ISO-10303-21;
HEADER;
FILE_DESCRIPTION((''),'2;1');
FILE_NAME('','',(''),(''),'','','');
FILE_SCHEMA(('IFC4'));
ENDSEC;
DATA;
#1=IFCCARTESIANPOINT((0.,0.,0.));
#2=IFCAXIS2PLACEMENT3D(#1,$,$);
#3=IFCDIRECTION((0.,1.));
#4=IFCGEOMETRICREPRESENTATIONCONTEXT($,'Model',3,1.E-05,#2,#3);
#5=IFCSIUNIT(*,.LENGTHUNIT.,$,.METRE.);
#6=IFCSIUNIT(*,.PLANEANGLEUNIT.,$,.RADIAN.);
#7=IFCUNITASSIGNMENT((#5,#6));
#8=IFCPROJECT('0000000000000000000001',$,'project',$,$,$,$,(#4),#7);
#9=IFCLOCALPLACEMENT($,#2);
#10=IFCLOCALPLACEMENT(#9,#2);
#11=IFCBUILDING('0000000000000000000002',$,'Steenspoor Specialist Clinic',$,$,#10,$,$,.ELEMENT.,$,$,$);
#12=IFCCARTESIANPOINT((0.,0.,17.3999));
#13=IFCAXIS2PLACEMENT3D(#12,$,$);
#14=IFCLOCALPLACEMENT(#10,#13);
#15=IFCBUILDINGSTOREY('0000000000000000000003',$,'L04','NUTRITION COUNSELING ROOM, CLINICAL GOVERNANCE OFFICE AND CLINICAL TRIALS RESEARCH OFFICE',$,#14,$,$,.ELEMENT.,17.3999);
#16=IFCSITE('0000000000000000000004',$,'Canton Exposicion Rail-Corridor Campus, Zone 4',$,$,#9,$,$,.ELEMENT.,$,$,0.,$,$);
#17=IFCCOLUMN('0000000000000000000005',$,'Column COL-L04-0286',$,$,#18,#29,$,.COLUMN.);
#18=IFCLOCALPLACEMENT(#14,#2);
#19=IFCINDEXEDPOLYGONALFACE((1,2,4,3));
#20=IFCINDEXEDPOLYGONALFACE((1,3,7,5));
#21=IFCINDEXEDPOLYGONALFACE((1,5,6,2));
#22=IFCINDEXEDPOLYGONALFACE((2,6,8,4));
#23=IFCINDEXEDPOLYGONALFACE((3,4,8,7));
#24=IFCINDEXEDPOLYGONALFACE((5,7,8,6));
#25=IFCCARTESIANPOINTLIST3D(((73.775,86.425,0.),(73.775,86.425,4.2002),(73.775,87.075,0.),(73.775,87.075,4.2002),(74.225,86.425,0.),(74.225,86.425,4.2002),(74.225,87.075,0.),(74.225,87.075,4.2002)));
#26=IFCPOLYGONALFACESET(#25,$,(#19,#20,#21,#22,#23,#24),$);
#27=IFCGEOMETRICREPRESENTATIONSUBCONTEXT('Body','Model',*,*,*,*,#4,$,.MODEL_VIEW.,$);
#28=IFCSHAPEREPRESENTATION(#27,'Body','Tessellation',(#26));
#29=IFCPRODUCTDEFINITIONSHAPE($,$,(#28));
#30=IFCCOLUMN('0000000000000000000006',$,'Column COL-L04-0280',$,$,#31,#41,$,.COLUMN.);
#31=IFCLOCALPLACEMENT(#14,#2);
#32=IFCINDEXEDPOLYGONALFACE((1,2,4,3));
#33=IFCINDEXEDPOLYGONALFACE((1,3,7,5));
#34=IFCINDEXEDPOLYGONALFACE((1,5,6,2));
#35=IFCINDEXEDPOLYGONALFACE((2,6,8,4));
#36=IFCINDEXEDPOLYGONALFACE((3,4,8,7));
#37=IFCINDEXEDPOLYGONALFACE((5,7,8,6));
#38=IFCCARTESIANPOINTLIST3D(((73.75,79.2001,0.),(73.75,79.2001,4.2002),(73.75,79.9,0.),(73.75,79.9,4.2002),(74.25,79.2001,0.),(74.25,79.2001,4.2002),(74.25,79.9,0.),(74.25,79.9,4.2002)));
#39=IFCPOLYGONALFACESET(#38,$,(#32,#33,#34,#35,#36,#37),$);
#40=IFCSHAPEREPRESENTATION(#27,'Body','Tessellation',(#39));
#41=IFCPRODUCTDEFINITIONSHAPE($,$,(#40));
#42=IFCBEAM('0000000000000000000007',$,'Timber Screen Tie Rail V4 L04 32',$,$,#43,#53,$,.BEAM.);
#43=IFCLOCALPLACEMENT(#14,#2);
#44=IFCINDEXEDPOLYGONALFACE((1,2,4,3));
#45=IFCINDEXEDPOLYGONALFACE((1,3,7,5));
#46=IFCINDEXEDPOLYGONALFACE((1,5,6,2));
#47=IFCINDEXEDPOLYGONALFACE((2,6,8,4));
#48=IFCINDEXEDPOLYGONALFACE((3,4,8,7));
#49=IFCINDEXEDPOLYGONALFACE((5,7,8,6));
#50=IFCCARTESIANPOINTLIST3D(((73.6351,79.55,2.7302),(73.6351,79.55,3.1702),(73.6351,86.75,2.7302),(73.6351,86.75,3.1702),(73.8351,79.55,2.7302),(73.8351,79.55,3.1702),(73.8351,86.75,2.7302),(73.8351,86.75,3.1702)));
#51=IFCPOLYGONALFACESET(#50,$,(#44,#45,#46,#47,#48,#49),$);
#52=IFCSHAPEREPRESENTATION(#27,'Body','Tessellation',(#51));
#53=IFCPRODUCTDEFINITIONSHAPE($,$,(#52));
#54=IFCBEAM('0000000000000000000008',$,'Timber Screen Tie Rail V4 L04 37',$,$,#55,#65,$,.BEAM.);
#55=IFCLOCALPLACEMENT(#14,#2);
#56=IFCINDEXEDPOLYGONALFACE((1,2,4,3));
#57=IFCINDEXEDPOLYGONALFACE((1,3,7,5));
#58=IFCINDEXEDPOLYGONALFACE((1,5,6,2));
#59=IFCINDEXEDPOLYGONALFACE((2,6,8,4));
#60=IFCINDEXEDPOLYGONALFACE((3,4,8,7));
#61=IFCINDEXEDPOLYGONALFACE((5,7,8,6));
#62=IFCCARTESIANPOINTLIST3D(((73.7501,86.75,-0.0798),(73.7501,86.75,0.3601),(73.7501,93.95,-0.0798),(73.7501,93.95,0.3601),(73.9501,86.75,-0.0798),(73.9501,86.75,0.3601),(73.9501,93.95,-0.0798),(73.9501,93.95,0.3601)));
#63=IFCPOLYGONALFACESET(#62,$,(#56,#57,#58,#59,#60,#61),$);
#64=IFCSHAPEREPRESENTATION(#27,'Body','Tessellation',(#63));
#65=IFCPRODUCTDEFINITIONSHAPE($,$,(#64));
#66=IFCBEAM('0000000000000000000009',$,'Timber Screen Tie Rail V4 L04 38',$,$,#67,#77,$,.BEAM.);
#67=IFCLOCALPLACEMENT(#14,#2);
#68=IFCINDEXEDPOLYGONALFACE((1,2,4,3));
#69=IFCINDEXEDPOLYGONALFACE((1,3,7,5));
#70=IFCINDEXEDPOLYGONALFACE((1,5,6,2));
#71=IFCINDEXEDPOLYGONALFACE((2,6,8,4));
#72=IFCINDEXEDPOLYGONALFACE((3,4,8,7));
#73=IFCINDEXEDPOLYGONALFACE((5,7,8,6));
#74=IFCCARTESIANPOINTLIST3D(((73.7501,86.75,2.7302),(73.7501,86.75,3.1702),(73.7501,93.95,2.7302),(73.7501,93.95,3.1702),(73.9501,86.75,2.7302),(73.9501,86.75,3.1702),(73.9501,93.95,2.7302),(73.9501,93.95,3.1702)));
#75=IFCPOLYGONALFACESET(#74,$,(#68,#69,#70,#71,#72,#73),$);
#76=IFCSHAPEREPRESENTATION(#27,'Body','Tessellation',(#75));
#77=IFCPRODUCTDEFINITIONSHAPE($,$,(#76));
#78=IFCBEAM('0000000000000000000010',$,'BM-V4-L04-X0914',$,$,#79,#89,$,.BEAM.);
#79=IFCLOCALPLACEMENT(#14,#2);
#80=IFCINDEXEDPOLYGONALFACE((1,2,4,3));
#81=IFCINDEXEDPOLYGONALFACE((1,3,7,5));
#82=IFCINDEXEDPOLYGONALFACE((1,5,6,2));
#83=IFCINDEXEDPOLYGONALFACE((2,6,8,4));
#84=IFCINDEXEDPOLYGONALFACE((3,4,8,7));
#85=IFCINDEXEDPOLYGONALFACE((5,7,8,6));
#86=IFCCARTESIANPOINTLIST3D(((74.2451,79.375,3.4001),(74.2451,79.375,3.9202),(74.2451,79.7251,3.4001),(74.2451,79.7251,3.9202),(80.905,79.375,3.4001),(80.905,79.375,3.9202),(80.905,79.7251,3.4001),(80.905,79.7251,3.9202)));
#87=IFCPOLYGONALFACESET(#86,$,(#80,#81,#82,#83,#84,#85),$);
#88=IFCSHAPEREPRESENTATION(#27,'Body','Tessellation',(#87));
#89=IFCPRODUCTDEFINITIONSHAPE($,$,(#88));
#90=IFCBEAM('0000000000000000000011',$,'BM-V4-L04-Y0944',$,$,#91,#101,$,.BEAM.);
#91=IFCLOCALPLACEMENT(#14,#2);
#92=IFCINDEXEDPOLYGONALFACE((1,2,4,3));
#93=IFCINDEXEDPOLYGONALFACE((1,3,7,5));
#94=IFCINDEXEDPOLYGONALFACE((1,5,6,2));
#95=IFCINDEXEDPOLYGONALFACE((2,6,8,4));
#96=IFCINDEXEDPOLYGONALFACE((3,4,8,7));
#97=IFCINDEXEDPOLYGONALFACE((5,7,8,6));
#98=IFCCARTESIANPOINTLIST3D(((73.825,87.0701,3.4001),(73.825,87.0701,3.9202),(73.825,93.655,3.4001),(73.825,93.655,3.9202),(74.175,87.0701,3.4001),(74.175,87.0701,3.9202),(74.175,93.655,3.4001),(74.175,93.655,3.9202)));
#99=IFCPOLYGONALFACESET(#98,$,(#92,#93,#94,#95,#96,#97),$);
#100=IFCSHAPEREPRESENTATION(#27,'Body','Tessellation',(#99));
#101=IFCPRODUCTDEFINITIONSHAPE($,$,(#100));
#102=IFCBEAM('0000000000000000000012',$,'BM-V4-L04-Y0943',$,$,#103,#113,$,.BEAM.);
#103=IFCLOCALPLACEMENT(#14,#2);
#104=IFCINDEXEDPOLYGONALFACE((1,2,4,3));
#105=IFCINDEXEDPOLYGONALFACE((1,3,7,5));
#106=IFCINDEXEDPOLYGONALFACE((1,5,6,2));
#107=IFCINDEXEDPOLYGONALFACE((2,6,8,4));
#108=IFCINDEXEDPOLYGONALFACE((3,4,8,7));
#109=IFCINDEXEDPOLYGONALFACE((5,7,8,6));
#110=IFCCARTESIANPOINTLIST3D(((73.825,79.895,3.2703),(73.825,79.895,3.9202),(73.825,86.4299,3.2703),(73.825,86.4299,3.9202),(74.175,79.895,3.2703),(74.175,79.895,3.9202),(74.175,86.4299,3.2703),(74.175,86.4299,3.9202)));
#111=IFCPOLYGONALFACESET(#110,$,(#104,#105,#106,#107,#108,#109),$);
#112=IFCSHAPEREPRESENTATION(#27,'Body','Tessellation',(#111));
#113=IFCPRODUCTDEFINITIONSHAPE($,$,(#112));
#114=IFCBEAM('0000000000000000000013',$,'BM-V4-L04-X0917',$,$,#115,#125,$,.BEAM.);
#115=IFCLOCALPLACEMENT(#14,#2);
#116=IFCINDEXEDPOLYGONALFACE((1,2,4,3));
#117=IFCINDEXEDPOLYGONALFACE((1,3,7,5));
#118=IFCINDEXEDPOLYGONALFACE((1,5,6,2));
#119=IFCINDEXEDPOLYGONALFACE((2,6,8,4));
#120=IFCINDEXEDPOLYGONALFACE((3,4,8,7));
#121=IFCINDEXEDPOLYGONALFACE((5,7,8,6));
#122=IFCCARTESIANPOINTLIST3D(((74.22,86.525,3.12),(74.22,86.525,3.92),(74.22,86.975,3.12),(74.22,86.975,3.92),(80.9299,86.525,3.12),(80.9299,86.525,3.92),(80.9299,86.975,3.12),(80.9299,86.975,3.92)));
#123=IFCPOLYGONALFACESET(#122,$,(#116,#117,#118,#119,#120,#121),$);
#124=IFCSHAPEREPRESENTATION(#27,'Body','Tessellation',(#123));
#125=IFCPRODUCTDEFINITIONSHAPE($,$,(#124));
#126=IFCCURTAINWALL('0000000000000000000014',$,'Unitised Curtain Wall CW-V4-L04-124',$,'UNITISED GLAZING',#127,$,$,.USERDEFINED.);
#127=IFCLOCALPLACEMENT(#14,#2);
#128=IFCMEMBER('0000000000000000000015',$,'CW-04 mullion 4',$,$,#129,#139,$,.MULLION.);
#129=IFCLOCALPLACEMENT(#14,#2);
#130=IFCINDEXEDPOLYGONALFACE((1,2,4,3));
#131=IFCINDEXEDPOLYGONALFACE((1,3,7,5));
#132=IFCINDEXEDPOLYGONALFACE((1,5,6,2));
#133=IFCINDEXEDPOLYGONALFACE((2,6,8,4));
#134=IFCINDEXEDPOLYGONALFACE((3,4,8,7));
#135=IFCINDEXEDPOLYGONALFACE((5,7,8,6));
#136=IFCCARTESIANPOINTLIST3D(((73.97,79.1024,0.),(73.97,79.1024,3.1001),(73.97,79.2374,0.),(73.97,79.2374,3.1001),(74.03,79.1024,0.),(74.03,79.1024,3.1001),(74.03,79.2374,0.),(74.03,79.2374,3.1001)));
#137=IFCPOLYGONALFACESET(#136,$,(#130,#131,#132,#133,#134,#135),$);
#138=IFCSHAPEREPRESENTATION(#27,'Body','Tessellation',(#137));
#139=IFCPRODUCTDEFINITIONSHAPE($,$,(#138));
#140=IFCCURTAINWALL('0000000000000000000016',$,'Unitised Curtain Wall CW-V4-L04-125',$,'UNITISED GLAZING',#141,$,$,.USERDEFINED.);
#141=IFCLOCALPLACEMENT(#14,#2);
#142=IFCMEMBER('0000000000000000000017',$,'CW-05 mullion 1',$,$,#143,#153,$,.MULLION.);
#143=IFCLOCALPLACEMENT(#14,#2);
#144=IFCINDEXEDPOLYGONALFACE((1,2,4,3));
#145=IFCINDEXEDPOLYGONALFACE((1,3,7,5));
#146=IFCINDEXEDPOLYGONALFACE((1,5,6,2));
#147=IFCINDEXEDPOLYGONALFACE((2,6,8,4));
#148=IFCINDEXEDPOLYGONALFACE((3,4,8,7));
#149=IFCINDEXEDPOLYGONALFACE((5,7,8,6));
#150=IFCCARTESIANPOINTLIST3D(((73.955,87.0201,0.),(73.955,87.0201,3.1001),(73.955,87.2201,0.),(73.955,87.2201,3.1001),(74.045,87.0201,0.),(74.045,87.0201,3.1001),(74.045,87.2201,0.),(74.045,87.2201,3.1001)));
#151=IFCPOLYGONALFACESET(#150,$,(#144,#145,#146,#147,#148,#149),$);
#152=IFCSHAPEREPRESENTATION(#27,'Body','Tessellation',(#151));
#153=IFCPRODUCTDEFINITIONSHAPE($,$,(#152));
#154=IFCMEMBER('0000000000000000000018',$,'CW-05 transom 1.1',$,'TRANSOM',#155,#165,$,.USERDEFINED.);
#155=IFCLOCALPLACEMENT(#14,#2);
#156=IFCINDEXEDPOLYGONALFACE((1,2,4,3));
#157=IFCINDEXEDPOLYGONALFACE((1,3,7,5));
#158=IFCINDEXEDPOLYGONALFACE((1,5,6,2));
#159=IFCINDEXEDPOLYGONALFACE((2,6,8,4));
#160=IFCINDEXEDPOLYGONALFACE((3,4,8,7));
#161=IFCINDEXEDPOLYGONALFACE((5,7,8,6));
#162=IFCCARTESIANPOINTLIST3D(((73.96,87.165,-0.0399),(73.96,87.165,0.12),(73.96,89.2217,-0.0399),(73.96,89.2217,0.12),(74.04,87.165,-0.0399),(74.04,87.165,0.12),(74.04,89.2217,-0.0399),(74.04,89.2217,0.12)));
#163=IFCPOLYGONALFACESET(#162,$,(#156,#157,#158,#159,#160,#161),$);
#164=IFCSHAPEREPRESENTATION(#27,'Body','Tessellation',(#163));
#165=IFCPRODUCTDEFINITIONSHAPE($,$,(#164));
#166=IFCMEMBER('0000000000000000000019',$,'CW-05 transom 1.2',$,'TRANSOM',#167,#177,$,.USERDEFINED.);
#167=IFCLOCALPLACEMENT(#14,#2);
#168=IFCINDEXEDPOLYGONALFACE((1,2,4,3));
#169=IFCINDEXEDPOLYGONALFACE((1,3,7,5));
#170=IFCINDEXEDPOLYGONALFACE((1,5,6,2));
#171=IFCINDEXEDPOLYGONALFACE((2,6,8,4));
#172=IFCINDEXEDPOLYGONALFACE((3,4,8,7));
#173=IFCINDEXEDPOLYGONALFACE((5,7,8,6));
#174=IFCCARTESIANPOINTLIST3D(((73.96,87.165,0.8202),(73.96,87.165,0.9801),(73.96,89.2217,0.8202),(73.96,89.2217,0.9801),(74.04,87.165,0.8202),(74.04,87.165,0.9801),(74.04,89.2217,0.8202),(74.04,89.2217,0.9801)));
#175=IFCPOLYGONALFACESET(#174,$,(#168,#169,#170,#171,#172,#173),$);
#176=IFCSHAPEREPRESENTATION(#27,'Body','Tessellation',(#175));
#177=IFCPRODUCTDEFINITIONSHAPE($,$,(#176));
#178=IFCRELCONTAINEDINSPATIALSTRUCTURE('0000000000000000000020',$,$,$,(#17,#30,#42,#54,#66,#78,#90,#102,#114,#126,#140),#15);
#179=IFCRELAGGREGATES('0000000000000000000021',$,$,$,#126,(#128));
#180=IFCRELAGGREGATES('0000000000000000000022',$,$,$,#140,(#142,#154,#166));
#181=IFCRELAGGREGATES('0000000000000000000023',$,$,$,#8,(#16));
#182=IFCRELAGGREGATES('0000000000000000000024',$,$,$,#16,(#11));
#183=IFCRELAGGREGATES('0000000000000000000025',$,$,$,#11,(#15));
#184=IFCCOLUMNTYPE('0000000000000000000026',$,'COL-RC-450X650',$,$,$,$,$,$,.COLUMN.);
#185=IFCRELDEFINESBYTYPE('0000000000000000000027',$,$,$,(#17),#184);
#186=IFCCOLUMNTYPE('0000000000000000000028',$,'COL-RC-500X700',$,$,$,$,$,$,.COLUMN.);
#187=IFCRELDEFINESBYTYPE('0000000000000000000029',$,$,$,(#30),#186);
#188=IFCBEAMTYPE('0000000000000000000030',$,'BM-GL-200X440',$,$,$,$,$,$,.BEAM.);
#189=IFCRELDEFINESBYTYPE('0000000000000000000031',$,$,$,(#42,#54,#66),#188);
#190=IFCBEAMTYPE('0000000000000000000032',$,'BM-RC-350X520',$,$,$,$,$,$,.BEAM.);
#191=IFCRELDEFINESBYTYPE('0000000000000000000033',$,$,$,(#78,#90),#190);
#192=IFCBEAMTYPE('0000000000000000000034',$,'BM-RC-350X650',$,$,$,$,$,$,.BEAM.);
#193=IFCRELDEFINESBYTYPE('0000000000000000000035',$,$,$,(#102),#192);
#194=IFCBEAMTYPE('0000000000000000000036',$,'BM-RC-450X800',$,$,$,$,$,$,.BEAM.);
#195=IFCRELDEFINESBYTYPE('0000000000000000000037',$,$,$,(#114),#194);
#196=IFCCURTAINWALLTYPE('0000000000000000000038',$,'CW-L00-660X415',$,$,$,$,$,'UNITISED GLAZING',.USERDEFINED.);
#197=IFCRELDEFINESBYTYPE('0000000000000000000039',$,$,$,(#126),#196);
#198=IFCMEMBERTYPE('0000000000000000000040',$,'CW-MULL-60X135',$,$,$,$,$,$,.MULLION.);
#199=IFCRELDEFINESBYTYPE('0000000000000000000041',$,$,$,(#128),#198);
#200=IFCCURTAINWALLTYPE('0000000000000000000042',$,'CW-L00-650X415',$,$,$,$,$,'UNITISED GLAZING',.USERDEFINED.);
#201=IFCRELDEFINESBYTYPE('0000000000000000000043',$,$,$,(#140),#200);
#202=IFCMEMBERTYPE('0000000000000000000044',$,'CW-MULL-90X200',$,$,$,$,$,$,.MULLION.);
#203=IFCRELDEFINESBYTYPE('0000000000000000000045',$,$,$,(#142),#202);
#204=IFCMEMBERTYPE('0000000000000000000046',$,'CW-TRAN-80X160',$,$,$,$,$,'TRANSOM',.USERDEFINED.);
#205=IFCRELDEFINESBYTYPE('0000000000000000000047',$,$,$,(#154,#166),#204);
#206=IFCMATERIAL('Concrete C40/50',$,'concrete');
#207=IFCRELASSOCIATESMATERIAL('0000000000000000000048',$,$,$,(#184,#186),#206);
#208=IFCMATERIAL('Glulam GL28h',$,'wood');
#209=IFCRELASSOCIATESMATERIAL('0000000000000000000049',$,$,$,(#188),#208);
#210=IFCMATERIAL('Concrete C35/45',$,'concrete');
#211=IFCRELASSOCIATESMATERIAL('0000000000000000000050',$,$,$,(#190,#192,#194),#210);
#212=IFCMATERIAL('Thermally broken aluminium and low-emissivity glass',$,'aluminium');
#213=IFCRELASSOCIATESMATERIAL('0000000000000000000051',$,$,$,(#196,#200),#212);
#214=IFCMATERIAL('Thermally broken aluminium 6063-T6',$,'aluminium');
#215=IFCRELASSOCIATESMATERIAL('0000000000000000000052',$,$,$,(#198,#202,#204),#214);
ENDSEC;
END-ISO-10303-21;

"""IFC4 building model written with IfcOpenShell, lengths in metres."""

from ifc_helpers import new_model, si_unit, direction, frame, origin, origin_2d, place, context, subcontext, project, spatial, rectangle, extrude, material, material_profile, profile_set, type_object, element, aggregate, save


model = new_model("IFC4")

# Units and contexts
model_context = context("Model", 3, precision=1e-05, world=origin(), true_north=direction((0.0, 1.0)))
body_context = subcontext(model_context, "Body", "Model", "MODEL_VIEW")
ifc_project = project(units=[si_unit("LENGTHUNIT", "METRE"), si_unit("PLANEANGLEUNIT", "RADIAN")], contexts=[model_context])

# Site, building, storey
site_placement = place(None, origin())
site = spatial("IfcSite", under=ifc_project, at=site_placement, Name="Canton Exposicion Rail-Corridor Campus, Zone 4", CompositionType="ELEMENT", RefElevation=0.0)
building_placement = place(site_placement, origin())
building = spatial("IfcBuilding", under=site, at=building_placement, Name="Steenspoor Specialist Clinic", CompositionType="ELEMENT")
storey_placement = place(building_placement, frame((0.0, 0.0, 17.3999)))
storey = spatial("IfcBuildingStorey", under=building, at=storey_placement, Name="L04", Description="NUTRITION COUNSELING ROOM, CLINICAL GOVERNANCE OFFICE AND CLINICAL TRIALS RESEARCH OFFICE", CompositionType="ELEMENT", Elevation=17.3999)

# Columns
ifc_material_1 = material(Name="Concrete C40/50", Category="concrete")
ifc_material_profile_1 = material_profile(ifc_material_1, rectangle(XDim=0.45, YDim=0.6499, at=origin_2d()), Name="RC-COL-450X650")
ifc_profile_set_1 = profile_set([ifc_material_profile_1], Name="Concrete C40/50")
column_type_1 = type_object("IfcColumnType", Name="COL-RC-450X650", PredefinedType="COLUMN", material=ifc_profile_set_1)
column_1_placement = place(storey_placement, frame((74.0, 86.75, 0.0), z_axis=(0.0, 0.0, 1.0), x_axis=(1.0, 0.0, 0.0)))
element("IfcColumn", 1, at=column_1_placement, inside=storey, type_object=column_type_1, Name="Column COL-L04-0286", PredefinedType="COLUMN", context=body_context, shape_type="SweptSolid", body=[
    extrude(rectangle(XDim=0.45, YDim=0.6499, at=origin_2d()), origin(), (0.0, 0.0, 1.0), 4.2002),
])
ifc_material_profile_2 = material_profile(ifc_material_1, rectangle(XDim=0.5, YDim=0.7, at=origin_2d()), Name="RC-COL-500X700")
ifc_profile_set_2 = profile_set([ifc_material_profile_2], Name="Concrete C40/50")
column_type_2 = type_object("IfcColumnType", Name="COL-RC-500X700", PredefinedType="COLUMN", material=ifc_profile_set_2)
column_2_placement = place(storey_placement, frame((74.0, 79.55, 0.0), z_axis=(0.0, 0.0, 1.0), x_axis=(1.0, 0.0, 0.0)))
element("IfcColumn", 2, at=column_2_placement, inside=storey, type_object=column_type_2, Name="Column COL-L04-0280", PredefinedType="COLUMN", context=body_context, shape_type="SweptSolid", body=[
    extrude(rectangle(XDim=0.5, YDim=0.7, at=origin_2d()), origin(), (0.0, 0.0, 1.0), 4.2002),
])

# Beams
ifc_material_2 = material(Name="Glulam GL28h", Category="wood")
ifc_material_profile_3 = material_profile(ifc_material_2, rectangle(XDim=0.2, YDim=0.4399, at=origin_2d()), Name="GL28H-200X440")
ifc_profile_set_3 = profile_set([ifc_material_profile_3], Name="Glulam GL28h")
beam_type_1 = type_object("IfcBeamType", Name="BM-GL-200X440", PredefinedType="BEAM", material=ifc_profile_set_3)
for number, where, z_axis, x_axis, name in (
    (3, (73.7351, 79.55, 2.9502), (0.0, 1.0, 0.0), (-1.0, 0.0, 0.0), "Timber Screen Tie Rail V4 L04 32"),
    (4, (73.8501, 86.75, 0.1401), (0.0, 1.0, 0.0), (-1.0, 0.0, 0.0), "Timber Screen Tie Rail V4 L04 37"),
    (5, (73.8501, 86.75, 2.9502), (0.0, 1.0, 0.0), (-1.0, 0.0, 0.0), "Timber Screen Tie Rail V4 L04 38"),
):
    element("IfcBeam", number, at=place(storey_placement, frame(where, z_axis=z_axis, x_axis=x_axis)), inside=storey, type_object=beam_type_1, Name=name, PredefinedType="BEAM", context=body_context, shape_type="SweptSolid", body=[
        extrude(rectangle(XDim=0.2, YDim=0.4399, at=origin_2d()), origin(), (0.0, 0.0, 1.0), 7.2),
    ])
ifc_material_3 = material(Name="Concrete C35/45", Category="concrete")
ifc_material_profile_4 = material_profile(ifc_material_3, rectangle(XDim=0.3501, YDim=0.52, at=origin_2d()), Name="RC-BM-350X520")
ifc_profile_set_4 = profile_set([ifc_material_profile_4], Name="Concrete C35/45")
beam_type_2 = type_object("IfcBeamType", Name="BM-RC-350X520", PredefinedType="BEAM", material=ifc_profile_set_4)
beam_1_placement = place(storey_placement, frame((74.2451, 79.55, 3.6602), z_axis=(1.0, 0.0, 0.0), x_axis=(0.0, 1.0, 0.0)))
element("IfcBeam", 6, at=beam_1_placement, inside=storey, type_object=beam_type_2, Name="BM-V4-L04-X0914", PredefinedType="BEAM", context=body_context, shape_type="SweptSolid", body=[
    extrude(rectangle(XDim=0.3501, YDim=0.52, at=origin_2d()), origin(), (0.0, 0.0, 1.0), 6.6599),
])
beam_2_placement = place(storey_placement, frame((74.0, 87.0701, 3.6602), z_axis=(0.0, 1.0, 0.0), x_axis=(-1.0, 0.0, 0.0)))
element("IfcBeam", 7, at=beam_2_placement, inside=storey, type_object=beam_type_2, Name="BM-V4-L04-Y0944", PredefinedType="BEAM", context=body_context, shape_type="SweptSolid", body=[
    extrude(rectangle(XDim=0.3501, YDim=0.52, at=origin_2d()), origin(), (0.0, 0.0, 1.0), 6.585),
])
ifc_material_profile_5 = material_profile(ifc_material_3, rectangle(XDim=0.3501, YDim=0.6499, at=origin_2d()), Name="RC-BM-350X650")
ifc_profile_set_5 = profile_set([ifc_material_profile_5], Name="Concrete C35/45")
beam_type_3 = type_object("IfcBeamType", Name="BM-RC-350X650", PredefinedType="BEAM", material=ifc_profile_set_5)
beam_3_placement = place(storey_placement, frame((74.0, 79.895, 3.5952), z_axis=(0.0, 1.0, 0.0), x_axis=(-1.0, 0.0, 0.0)))
element("IfcBeam", 8, at=beam_3_placement, inside=storey, type_object=beam_type_3, Name="BM-V4-L04-Y0943", PredefinedType="BEAM", context=body_context, shape_type="SweptSolid", body=[
    extrude(rectangle(XDim=0.3501, YDim=0.6499, at=origin_2d()), origin(), (0.0, 0.0, 1.0), 6.5349),
])
ifc_material_profile_6 = material_profile(ifc_material_3, rectangle(XDim=0.45, YDim=0.8, at=origin_2d()), Name="RC-BM-450X800")
ifc_profile_set_6 = profile_set([ifc_material_profile_6], Name="Concrete C35/45")
beam_type_4 = type_object("IfcBeamType", Name="BM-RC-450X800", PredefinedType="BEAM", material=ifc_profile_set_6)
beam_4_placement = place(storey_placement, frame((74.22, 86.75, 3.52), z_axis=(1.0, 0.0, 0.0), x_axis=(0.0, 1.0, 0.0)))
element("IfcBeam", 9, at=beam_4_placement, inside=storey, type_object=beam_type_4, Name="BM-V4-L04-X0917", PredefinedType="BEAM", context=body_context, shape_type="SweptSolid", body=[
    extrude(rectangle(XDim=0.45, YDim=0.8, at=origin_2d()), origin(), (0.0, 0.0, 1.0), 6.71),
])

# Curtain wall, member
ifc_material_4 = material(Name="Thermally broken aluminium and low-emissivity glass", Category="aluminium")
curtain_wall_type_1 = type_object("IfcCurtainWallType", Name="CW-L00-660X415", ElementType="UNITISED GLAZING", PredefinedType="USERDEFINED", material=ifc_material_4)
curtain_wall_1_placement = place(storey_placement, origin())
curtain_wall_1 = element("IfcCurtainWall", 10, at=curtain_wall_1_placement, inside=storey, type_object=curtain_wall_type_1, Name="Unitised Curtain Wall CW-V4-L04-124", ObjectType="UNITISED GLAZING", PredefinedType="USERDEFINED")
ifc_material_5 = material(Name="Thermally broken aluminium 6063-T6", Category="aluminium")
ifc_material_profile_7 = material_profile(ifc_material_5, rectangle(XDim=0.0601, YDim=0.135, at=origin_2d()), Name="CWM-60X135")
ifc_profile_set_7 = profile_set([ifc_material_profile_7], Name="Thermally broken aluminium 6063-T6")
member_type_1 = type_object("IfcMemberType", Name="CW-MULL-60X135", PredefinedType="MULLION", material=ifc_profile_set_7)
member_1_placement = place(storey_placement, frame((74.0, 79.1699, 0.0), z_axis=(0.0, 0.0, 1.0), x_axis=(-1.0, 0.0, 0.0)))
member_1 = element("IfcMember", 11, at=member_1_placement, type_object=member_type_1, Name="CW-04 mullion 4", PredefinedType="MULLION", context=body_context, shape_type="SweptSolid", body=[
    extrude(rectangle(XDim=0.0601, YDim=0.135, at=origin_2d()), origin(), (0.0, 0.0, 1.0), 3.1001),
])
aggregate(curtain_wall_1, [member_1])

# Curtain wall, members
curtain_wall_type_2 = type_object("IfcCurtainWallType", Name="CW-L00-650X415", ElementType="UNITISED GLAZING", PredefinedType="USERDEFINED", material=ifc_material_4)
curtain_wall_2_placement = place(storey_placement, origin())
curtain_wall_2 = element("IfcCurtainWall", 12, at=curtain_wall_2_placement, inside=storey, type_object=curtain_wall_type_2, Name="Unitised Curtain Wall CW-V4-L04-125", ObjectType="UNITISED GLAZING", PredefinedType="USERDEFINED")
ifc_material_profile_8 = material_profile(ifc_material_5, rectangle(XDim=0.0901, YDim=0.2, at=origin_2d()), Name="CWM-90X200")
ifc_profile_set_8 = profile_set([ifc_material_profile_8], Name="Thermally broken aluminium 6063-T6")
member_type_2 = type_object("IfcMemberType", Name="CW-MULL-90X200", PredefinedType="MULLION", material=ifc_profile_set_8)
member_2_placement = place(storey_placement, frame((74.0, 87.1201, 0.0), z_axis=(0.0, 0.0, 1.0), x_axis=(-1.0, 0.0, 0.0)))
member_2 = element("IfcMember", 13, at=member_2_placement, type_object=member_type_2, Name="CW-05 mullion 1", PredefinedType="MULLION", context=body_context, shape_type="SweptSolid", body=[
    extrude(rectangle(XDim=0.0901, YDim=0.2, at=origin_2d()), origin(), (0.0, 0.0, 1.0), 3.1001),
])
ifc_material_profile_9 = material_profile(ifc_material_5, rectangle(XDim=0.0801, YDim=0.1599, at=origin_2d()), Name="CWT-80X160")
ifc_profile_set_9 = profile_set([ifc_material_profile_9], Name="Thermally broken aluminium 6063-T6")
member_type_3 = type_object("IfcMemberType", Name="CW-TRAN-80X160", ElementType="TRANSOM", PredefinedType="USERDEFINED", material=ifc_profile_set_9)
member_3_placement = place(storey_placement, frame((74.0, 87.165, 0.04), z_axis=(0.0, 1.0, 0.0), x_axis=(-1.0, 0.0, 0.0)))
member_3 = element("IfcMember", 14, at=member_3_placement, type_object=member_type_3, Name="CW-05 transom 1.1", ObjectType="TRANSOM", PredefinedType="USERDEFINED", context=body_context, shape_type="SweptSolid", body=[
    extrude(rectangle(XDim=0.0801, YDim=0.1599, at=origin_2d()), origin(), (0.0, 0.0, 1.0), 2.0566),
])
member_4_placement = place(storey_placement, frame((74.0, 87.165, 0.9001), z_axis=(0.0, 1.0, 0.0), x_axis=(-1.0, 0.0, 0.0)))
member_4 = element("IfcMember", 15, at=member_4_placement, type_object=member_type_3, Name="CW-05 transom 1.2", ObjectType="TRANSOM", PredefinedType="USERDEFINED", context=body_context, shape_type="SweptSolid", body=[
    extrude(rectangle(XDim=0.0801, YDim=0.1599, at=origin_2d()), origin(), (0.0, 0.0, 1.0), 2.0566),
])
aggregate(curtain_wall_2, [member_2, member_3, member_4])

save(model, "model.ifc")
